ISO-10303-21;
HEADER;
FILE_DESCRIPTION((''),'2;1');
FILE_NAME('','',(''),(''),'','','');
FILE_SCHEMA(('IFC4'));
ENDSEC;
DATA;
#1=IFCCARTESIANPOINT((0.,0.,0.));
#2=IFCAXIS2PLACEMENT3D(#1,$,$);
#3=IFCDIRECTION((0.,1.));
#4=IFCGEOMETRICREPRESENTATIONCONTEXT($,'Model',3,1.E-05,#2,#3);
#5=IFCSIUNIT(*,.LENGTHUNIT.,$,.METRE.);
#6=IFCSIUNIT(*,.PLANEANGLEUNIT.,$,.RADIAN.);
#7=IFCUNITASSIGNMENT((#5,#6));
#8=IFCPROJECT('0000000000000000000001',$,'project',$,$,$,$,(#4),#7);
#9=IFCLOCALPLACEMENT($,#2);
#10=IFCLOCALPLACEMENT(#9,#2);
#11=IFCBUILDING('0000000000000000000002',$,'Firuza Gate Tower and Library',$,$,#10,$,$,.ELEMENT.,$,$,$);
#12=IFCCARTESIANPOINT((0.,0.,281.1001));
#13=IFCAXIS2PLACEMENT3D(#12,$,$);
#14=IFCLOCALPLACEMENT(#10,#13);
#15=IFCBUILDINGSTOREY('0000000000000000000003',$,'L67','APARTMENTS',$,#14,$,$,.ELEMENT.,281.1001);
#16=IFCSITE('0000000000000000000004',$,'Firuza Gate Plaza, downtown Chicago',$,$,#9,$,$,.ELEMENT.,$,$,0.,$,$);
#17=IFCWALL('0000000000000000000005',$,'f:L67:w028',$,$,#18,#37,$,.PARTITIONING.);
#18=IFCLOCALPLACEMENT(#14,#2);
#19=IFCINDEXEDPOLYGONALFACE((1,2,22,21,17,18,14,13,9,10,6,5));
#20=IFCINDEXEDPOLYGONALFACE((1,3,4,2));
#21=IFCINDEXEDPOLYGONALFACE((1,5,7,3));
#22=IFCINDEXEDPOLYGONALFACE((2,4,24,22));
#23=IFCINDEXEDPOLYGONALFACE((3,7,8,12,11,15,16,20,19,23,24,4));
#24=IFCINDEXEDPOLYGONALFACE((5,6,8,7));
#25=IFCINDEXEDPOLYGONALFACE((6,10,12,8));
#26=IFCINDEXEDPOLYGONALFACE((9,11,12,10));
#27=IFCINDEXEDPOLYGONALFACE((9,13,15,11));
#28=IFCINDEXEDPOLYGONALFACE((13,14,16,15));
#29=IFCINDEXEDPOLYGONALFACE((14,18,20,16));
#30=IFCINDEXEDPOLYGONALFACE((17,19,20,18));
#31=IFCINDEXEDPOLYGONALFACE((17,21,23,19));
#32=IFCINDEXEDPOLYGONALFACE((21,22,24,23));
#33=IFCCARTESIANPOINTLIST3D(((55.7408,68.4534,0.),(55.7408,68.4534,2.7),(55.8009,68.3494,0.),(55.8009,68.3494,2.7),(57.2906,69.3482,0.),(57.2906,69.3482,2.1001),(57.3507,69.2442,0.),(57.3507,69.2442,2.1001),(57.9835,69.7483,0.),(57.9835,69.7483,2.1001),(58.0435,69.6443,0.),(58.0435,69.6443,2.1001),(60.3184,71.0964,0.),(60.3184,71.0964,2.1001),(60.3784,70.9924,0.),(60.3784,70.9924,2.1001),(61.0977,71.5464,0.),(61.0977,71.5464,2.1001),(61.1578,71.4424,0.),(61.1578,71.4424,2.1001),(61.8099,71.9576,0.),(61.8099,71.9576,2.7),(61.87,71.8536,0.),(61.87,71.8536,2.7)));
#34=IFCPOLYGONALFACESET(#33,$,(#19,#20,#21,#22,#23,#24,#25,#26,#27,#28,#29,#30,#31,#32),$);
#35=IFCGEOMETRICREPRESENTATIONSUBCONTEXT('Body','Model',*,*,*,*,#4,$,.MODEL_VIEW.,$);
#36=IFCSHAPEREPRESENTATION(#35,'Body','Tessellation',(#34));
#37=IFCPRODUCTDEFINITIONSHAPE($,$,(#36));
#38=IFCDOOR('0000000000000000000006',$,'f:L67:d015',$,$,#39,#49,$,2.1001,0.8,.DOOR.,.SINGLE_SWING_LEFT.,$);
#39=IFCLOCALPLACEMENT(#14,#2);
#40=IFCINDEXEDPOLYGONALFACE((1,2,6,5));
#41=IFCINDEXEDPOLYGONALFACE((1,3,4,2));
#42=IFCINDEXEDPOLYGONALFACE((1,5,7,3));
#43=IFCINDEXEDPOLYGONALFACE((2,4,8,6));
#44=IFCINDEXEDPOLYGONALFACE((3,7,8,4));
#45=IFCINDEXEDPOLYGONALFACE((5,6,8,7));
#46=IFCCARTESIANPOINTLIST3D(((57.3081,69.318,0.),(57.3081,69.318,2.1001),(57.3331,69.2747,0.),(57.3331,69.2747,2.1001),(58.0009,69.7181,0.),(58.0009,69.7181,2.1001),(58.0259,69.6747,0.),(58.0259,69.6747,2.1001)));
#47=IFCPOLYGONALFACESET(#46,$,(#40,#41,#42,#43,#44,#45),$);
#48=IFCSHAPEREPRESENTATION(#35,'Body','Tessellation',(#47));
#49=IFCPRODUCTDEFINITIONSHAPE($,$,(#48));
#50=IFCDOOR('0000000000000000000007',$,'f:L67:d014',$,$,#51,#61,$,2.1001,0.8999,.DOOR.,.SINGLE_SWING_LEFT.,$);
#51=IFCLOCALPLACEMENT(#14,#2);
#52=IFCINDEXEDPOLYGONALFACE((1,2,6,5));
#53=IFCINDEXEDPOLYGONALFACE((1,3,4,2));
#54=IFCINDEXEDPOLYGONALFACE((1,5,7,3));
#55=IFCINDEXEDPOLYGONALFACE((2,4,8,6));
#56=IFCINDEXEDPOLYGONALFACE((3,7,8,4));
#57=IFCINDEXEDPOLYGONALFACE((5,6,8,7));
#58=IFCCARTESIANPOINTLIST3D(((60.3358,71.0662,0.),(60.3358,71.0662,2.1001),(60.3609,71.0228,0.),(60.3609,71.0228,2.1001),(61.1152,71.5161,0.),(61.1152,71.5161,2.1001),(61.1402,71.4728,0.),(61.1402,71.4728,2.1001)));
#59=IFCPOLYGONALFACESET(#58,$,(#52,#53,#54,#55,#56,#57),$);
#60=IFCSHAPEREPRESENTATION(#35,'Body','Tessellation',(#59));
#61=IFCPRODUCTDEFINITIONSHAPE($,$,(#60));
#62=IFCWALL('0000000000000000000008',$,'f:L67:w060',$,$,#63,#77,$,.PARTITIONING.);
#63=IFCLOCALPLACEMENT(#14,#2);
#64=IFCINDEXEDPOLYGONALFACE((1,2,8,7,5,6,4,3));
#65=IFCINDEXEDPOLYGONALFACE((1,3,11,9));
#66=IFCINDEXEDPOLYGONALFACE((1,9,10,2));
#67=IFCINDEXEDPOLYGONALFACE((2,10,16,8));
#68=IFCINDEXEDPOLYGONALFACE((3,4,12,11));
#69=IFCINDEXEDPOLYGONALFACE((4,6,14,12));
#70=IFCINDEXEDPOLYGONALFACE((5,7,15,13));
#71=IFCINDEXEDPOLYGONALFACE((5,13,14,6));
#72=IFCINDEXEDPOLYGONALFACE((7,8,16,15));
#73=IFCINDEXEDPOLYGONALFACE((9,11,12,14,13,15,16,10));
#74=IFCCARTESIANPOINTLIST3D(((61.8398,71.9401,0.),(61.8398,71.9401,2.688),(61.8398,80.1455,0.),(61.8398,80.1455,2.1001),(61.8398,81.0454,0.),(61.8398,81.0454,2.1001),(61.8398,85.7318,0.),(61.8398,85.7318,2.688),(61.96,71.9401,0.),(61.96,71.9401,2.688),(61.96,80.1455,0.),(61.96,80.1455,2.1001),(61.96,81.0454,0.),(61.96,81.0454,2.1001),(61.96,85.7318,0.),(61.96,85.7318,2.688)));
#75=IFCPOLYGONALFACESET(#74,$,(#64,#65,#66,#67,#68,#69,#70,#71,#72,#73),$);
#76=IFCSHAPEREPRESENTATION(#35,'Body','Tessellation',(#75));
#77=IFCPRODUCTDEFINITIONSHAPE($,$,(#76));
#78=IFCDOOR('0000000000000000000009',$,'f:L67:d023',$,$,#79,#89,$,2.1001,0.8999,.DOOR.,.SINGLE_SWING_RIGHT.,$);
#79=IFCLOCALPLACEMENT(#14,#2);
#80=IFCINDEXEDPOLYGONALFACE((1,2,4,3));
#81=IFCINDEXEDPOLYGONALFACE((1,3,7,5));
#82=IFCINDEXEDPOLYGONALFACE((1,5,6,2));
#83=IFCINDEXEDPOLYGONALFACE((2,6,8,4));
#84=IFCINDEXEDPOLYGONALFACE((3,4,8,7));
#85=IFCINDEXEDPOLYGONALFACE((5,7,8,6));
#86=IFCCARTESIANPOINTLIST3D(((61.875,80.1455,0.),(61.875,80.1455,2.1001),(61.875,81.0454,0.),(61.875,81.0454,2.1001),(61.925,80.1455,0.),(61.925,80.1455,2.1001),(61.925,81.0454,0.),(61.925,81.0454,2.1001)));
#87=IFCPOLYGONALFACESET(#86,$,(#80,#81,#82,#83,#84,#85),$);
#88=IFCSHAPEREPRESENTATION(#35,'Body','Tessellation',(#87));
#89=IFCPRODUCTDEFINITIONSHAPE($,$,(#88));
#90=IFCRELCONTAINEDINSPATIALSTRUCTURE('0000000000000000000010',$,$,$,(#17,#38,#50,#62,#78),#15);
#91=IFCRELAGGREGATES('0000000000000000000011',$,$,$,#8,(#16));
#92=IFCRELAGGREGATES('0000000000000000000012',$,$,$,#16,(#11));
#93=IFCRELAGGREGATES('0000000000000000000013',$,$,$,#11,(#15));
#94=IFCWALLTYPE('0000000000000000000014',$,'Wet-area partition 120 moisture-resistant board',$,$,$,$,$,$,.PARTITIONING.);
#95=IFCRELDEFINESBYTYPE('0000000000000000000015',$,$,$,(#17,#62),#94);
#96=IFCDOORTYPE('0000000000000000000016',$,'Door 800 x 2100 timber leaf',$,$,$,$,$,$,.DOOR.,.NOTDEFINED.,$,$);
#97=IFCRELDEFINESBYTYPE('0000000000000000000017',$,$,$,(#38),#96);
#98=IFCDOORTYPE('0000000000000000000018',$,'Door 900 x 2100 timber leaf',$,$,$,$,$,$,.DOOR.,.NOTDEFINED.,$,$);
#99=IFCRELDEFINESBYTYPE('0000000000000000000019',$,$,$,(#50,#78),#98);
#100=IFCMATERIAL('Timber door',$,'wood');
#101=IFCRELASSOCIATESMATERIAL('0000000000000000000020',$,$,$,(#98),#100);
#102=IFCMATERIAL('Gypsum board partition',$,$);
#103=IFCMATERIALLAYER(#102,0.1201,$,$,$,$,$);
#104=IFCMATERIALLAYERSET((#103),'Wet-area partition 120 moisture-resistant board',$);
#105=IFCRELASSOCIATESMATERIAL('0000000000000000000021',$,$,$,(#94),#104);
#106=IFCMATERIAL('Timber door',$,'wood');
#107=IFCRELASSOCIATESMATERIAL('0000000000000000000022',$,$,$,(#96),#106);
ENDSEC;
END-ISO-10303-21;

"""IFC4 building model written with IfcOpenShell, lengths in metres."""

from ifc_helpers import new_model, si_unit, direction, frame, frame_2d, origin, place, context, subcontext, project, spatial, rectangle, extrude, material, layer, layer_set, type_object, element, fill, save


model = new_model("IFC4")

# Units and contexts
model_context = context("Model", 3, precision=1e-05, world=origin(), true_north=direction((0.0, 1.0)))
body_context = subcontext(model_context, "Body", "Model", "MODEL_VIEW")
ifc_project = project(units=[si_unit("LENGTHUNIT", "METRE"), si_unit("PLANEANGLEUNIT", "RADIAN")], contexts=[model_context])

# Site, building, storey
site_placement = place(None, origin())
site = spatial("IfcSite", under=ifc_project, at=site_placement, Name="Firuza Gate Plaza, downtown Chicago", CompositionType="ELEMENT", RefElevation=0.0)
building_placement = place(site_placement, origin())
building = spatial("IfcBuilding", under=site, at=building_placement, Name="Firuza Gate Tower and Library", CompositionType="ELEMENT")
storey_placement = place(building_placement, frame((0.0, 0.0, 281.1001)))
storey = spatial("IfcBuildingStorey", under=building, at=storey_placement, Name="L67", Description="APARTMENTS", CompositionType="ELEMENT", Elevation=281.1001)

# Shared definitions
ifc_material_1 = material(Name="Timber door", Category="wood")
door_type_1 = type_object("IfcDoorType", Name="Door 900 x 2100 timber leaf", OperationType="NOTDEFINED", PredefinedType="DOOR", material=ifc_material_1)

# Wall, openings, doors
ifc_material_2 = material(Name="Gypsum board partition")
ifc_layer_1 = layer(ifc_material_2, 0.1201)
ifc_layer_set_1 = layer_set([ifc_layer_1], Name="Wet-area partition 120 moisture-resistant board")
wall_type_1 = type_object("IfcWallType", Name="Wet-area partition 120 moisture-resistant board", PredefinedType="PARTITIONING", material=ifc_layer_set_1)
wall_1_placement = place(storey_placement, frame((61.8398, 71.9055, 0.0), z_axis=(0.0, 0.0, 1.0), x_axis=(-0.866016, -0.500017, 0.0)))
wall_1 = element("IfcWall", 1, at=wall_1_placement, inside=storey, type_object=wall_type_1, Name="f:L67:w028", PredefinedType="PARTITIONING", context=body_context, shape_type="SweptSolid", body=[
    extrude(rectangle(XDim=7.0081, YDim=0.1201, at=frame_2d((3.5039, 0.0))), origin(), (0.0, 0.0, 1.0), 2.7),
])
opening_1_placement = place(wall_1_placement, frame((0.8223, 0.0, 0.0)))
opening_1 = element("IfcOpeningElement", 2, at=opening_1_placement, cuts=wall_1, PredefinedType="OPENING", context=body_context, shape_type="SweptSolid", body=[
    extrude(rectangle(XDim=0.8999, YDim=2.1001, at=frame_2d((0.45, 1.05))), frame((0.0, 0.0701, 0.0), z_axis=(0.0, -1.0, 0.0), x_axis=(1.0, 0.0, 0.0)), (0.0, 0.0, 1.0), 0.1401),
])
opening_2_placement = place(wall_1_placement, frame((4.4185, 0.0, 0.0)))
opening_2 = element("IfcOpeningElement", 3, at=opening_2_placement, cuts=wall_1, PredefinedType="OPENING", context=body_context, shape_type="SweptSolid", body=[
    extrude(rectangle(XDim=0.8, YDim=2.1001, at=frame_2d((0.3999, 1.05))), frame((0.0, 0.0701, 0.0), z_axis=(0.0, -1.0, 0.0), x_axis=(1.0, 0.0, 0.0)), (0.0, 0.0, 1.0), 0.1401),
])
ifc_material_3 = material(Name="Timber door", Category="wood")
door_type_2 = type_object("IfcDoorType", Name="Door 800 x 2100 timber leaf", OperationType="NOTDEFINED", PredefinedType="DOOR", material=ifc_material_3)
door_1_placement = place(opening_2_placement, origin())
door_1 = element("IfcDoor", 4, at=door_1_placement, inside=storey, type_object=door_type_2, Name="f:L67:d015", OperationType="SINGLE_SWING_LEFT", OverallHeight=2.1001, OverallWidth=0.8, PredefinedType="DOOR", context=body_context, shape_type="SweptSolid", body=[
    extrude(rectangle(XDim=0.8, YDim=2.1001, at=frame_2d((0.3999, 1.05))), frame((0.0, 0.0249, 0.0), z_axis=(0.0, -1.0, 0.0), x_axis=(1.0, 0.0, 0.0)), (0.0, 0.0, 1.0), 0.05),
])
fill(opening_2, door_1)
door_2_placement = place(opening_1_placement, origin())
door_2 = element("IfcDoor", 5, at=door_2_placement, inside=storey, type_object=door_type_1, Name="f:L67:d014", OperationType="SINGLE_SWING_LEFT", OverallHeight=2.1001, OverallWidth=0.8999, PredefinedType="DOOR", context=body_context, shape_type="SweptSolid", body=[
    extrude(rectangle(XDim=0.8999, YDim=2.1001, at=frame_2d((0.45, 1.05))), frame((0.0, 0.0249, 0.0), z_axis=(0.0, -1.0, 0.0), x_axis=(1.0, 0.0, 0.0)), (0.0, 0.0, 1.0), 0.05),
])
fill(opening_1, door_2)

# Wall, opening, door
wall_2_placement = place(storey_placement, frame((61.8999, 71.9399, 0.0), z_axis=(0.0, 0.0, 1.0), x_axis=(0.0, 1.0, 0.0)))
wall_2 = element("IfcWall", 6, at=wall_2_placement, inside=storey, type_object=wall_type_1, Name="f:L67:w060", PredefinedType="PARTITIONING", context=body_context, shape_type="SweptSolid", body=[
    extrude(rectangle(XDim=13.7917, YDim=0.1201, at=frame_2d((6.896, 0.0))), origin(), (0.0, 0.0, 1.0), 2.688),
])
opening_3_placement = place(wall_2_placement, frame((8.2056, 0.0, 0.0)))
opening_3 = element("IfcOpeningElement", 7, at=opening_3_placement, cuts=wall_2, PredefinedType="OPENING", context=body_context, shape_type="SweptSolid", body=[
    extrude(rectangle(XDim=0.8999, YDim=2.1001, at=frame_2d((0.45, 1.05))), frame((0.0, 0.0701, 0.0), z_axis=(0.0, -1.0, 0.0), x_axis=(1.0, 0.0, 0.0)), (0.0, 0.0, 1.0), 0.1401),
])
door_3_placement = place(opening_3_placement, origin())
door_3 = element("IfcDoor", 8, at=door_3_placement, inside=storey, type_object=door_type_1, Name="f:L67:d023", OperationType="SINGLE_SWING_RIGHT", OverallHeight=2.1001, OverallWidth=0.8999, PredefinedType="DOOR", context=body_context, shape_type="SweptSolid", body=[
    extrude(rectangle(XDim=0.8999, YDim=2.1001, at=frame_2d((0.45, 1.05))), frame((0.0, 0.0249, 0.0), z_axis=(0.0, -1.0, 0.0), x_axis=(1.0, 0.0, 0.0)), (0.0, 0.0, 1.0), 0.05),
])
fill(opening_3, door_3)

save(model, "model.ifc")
